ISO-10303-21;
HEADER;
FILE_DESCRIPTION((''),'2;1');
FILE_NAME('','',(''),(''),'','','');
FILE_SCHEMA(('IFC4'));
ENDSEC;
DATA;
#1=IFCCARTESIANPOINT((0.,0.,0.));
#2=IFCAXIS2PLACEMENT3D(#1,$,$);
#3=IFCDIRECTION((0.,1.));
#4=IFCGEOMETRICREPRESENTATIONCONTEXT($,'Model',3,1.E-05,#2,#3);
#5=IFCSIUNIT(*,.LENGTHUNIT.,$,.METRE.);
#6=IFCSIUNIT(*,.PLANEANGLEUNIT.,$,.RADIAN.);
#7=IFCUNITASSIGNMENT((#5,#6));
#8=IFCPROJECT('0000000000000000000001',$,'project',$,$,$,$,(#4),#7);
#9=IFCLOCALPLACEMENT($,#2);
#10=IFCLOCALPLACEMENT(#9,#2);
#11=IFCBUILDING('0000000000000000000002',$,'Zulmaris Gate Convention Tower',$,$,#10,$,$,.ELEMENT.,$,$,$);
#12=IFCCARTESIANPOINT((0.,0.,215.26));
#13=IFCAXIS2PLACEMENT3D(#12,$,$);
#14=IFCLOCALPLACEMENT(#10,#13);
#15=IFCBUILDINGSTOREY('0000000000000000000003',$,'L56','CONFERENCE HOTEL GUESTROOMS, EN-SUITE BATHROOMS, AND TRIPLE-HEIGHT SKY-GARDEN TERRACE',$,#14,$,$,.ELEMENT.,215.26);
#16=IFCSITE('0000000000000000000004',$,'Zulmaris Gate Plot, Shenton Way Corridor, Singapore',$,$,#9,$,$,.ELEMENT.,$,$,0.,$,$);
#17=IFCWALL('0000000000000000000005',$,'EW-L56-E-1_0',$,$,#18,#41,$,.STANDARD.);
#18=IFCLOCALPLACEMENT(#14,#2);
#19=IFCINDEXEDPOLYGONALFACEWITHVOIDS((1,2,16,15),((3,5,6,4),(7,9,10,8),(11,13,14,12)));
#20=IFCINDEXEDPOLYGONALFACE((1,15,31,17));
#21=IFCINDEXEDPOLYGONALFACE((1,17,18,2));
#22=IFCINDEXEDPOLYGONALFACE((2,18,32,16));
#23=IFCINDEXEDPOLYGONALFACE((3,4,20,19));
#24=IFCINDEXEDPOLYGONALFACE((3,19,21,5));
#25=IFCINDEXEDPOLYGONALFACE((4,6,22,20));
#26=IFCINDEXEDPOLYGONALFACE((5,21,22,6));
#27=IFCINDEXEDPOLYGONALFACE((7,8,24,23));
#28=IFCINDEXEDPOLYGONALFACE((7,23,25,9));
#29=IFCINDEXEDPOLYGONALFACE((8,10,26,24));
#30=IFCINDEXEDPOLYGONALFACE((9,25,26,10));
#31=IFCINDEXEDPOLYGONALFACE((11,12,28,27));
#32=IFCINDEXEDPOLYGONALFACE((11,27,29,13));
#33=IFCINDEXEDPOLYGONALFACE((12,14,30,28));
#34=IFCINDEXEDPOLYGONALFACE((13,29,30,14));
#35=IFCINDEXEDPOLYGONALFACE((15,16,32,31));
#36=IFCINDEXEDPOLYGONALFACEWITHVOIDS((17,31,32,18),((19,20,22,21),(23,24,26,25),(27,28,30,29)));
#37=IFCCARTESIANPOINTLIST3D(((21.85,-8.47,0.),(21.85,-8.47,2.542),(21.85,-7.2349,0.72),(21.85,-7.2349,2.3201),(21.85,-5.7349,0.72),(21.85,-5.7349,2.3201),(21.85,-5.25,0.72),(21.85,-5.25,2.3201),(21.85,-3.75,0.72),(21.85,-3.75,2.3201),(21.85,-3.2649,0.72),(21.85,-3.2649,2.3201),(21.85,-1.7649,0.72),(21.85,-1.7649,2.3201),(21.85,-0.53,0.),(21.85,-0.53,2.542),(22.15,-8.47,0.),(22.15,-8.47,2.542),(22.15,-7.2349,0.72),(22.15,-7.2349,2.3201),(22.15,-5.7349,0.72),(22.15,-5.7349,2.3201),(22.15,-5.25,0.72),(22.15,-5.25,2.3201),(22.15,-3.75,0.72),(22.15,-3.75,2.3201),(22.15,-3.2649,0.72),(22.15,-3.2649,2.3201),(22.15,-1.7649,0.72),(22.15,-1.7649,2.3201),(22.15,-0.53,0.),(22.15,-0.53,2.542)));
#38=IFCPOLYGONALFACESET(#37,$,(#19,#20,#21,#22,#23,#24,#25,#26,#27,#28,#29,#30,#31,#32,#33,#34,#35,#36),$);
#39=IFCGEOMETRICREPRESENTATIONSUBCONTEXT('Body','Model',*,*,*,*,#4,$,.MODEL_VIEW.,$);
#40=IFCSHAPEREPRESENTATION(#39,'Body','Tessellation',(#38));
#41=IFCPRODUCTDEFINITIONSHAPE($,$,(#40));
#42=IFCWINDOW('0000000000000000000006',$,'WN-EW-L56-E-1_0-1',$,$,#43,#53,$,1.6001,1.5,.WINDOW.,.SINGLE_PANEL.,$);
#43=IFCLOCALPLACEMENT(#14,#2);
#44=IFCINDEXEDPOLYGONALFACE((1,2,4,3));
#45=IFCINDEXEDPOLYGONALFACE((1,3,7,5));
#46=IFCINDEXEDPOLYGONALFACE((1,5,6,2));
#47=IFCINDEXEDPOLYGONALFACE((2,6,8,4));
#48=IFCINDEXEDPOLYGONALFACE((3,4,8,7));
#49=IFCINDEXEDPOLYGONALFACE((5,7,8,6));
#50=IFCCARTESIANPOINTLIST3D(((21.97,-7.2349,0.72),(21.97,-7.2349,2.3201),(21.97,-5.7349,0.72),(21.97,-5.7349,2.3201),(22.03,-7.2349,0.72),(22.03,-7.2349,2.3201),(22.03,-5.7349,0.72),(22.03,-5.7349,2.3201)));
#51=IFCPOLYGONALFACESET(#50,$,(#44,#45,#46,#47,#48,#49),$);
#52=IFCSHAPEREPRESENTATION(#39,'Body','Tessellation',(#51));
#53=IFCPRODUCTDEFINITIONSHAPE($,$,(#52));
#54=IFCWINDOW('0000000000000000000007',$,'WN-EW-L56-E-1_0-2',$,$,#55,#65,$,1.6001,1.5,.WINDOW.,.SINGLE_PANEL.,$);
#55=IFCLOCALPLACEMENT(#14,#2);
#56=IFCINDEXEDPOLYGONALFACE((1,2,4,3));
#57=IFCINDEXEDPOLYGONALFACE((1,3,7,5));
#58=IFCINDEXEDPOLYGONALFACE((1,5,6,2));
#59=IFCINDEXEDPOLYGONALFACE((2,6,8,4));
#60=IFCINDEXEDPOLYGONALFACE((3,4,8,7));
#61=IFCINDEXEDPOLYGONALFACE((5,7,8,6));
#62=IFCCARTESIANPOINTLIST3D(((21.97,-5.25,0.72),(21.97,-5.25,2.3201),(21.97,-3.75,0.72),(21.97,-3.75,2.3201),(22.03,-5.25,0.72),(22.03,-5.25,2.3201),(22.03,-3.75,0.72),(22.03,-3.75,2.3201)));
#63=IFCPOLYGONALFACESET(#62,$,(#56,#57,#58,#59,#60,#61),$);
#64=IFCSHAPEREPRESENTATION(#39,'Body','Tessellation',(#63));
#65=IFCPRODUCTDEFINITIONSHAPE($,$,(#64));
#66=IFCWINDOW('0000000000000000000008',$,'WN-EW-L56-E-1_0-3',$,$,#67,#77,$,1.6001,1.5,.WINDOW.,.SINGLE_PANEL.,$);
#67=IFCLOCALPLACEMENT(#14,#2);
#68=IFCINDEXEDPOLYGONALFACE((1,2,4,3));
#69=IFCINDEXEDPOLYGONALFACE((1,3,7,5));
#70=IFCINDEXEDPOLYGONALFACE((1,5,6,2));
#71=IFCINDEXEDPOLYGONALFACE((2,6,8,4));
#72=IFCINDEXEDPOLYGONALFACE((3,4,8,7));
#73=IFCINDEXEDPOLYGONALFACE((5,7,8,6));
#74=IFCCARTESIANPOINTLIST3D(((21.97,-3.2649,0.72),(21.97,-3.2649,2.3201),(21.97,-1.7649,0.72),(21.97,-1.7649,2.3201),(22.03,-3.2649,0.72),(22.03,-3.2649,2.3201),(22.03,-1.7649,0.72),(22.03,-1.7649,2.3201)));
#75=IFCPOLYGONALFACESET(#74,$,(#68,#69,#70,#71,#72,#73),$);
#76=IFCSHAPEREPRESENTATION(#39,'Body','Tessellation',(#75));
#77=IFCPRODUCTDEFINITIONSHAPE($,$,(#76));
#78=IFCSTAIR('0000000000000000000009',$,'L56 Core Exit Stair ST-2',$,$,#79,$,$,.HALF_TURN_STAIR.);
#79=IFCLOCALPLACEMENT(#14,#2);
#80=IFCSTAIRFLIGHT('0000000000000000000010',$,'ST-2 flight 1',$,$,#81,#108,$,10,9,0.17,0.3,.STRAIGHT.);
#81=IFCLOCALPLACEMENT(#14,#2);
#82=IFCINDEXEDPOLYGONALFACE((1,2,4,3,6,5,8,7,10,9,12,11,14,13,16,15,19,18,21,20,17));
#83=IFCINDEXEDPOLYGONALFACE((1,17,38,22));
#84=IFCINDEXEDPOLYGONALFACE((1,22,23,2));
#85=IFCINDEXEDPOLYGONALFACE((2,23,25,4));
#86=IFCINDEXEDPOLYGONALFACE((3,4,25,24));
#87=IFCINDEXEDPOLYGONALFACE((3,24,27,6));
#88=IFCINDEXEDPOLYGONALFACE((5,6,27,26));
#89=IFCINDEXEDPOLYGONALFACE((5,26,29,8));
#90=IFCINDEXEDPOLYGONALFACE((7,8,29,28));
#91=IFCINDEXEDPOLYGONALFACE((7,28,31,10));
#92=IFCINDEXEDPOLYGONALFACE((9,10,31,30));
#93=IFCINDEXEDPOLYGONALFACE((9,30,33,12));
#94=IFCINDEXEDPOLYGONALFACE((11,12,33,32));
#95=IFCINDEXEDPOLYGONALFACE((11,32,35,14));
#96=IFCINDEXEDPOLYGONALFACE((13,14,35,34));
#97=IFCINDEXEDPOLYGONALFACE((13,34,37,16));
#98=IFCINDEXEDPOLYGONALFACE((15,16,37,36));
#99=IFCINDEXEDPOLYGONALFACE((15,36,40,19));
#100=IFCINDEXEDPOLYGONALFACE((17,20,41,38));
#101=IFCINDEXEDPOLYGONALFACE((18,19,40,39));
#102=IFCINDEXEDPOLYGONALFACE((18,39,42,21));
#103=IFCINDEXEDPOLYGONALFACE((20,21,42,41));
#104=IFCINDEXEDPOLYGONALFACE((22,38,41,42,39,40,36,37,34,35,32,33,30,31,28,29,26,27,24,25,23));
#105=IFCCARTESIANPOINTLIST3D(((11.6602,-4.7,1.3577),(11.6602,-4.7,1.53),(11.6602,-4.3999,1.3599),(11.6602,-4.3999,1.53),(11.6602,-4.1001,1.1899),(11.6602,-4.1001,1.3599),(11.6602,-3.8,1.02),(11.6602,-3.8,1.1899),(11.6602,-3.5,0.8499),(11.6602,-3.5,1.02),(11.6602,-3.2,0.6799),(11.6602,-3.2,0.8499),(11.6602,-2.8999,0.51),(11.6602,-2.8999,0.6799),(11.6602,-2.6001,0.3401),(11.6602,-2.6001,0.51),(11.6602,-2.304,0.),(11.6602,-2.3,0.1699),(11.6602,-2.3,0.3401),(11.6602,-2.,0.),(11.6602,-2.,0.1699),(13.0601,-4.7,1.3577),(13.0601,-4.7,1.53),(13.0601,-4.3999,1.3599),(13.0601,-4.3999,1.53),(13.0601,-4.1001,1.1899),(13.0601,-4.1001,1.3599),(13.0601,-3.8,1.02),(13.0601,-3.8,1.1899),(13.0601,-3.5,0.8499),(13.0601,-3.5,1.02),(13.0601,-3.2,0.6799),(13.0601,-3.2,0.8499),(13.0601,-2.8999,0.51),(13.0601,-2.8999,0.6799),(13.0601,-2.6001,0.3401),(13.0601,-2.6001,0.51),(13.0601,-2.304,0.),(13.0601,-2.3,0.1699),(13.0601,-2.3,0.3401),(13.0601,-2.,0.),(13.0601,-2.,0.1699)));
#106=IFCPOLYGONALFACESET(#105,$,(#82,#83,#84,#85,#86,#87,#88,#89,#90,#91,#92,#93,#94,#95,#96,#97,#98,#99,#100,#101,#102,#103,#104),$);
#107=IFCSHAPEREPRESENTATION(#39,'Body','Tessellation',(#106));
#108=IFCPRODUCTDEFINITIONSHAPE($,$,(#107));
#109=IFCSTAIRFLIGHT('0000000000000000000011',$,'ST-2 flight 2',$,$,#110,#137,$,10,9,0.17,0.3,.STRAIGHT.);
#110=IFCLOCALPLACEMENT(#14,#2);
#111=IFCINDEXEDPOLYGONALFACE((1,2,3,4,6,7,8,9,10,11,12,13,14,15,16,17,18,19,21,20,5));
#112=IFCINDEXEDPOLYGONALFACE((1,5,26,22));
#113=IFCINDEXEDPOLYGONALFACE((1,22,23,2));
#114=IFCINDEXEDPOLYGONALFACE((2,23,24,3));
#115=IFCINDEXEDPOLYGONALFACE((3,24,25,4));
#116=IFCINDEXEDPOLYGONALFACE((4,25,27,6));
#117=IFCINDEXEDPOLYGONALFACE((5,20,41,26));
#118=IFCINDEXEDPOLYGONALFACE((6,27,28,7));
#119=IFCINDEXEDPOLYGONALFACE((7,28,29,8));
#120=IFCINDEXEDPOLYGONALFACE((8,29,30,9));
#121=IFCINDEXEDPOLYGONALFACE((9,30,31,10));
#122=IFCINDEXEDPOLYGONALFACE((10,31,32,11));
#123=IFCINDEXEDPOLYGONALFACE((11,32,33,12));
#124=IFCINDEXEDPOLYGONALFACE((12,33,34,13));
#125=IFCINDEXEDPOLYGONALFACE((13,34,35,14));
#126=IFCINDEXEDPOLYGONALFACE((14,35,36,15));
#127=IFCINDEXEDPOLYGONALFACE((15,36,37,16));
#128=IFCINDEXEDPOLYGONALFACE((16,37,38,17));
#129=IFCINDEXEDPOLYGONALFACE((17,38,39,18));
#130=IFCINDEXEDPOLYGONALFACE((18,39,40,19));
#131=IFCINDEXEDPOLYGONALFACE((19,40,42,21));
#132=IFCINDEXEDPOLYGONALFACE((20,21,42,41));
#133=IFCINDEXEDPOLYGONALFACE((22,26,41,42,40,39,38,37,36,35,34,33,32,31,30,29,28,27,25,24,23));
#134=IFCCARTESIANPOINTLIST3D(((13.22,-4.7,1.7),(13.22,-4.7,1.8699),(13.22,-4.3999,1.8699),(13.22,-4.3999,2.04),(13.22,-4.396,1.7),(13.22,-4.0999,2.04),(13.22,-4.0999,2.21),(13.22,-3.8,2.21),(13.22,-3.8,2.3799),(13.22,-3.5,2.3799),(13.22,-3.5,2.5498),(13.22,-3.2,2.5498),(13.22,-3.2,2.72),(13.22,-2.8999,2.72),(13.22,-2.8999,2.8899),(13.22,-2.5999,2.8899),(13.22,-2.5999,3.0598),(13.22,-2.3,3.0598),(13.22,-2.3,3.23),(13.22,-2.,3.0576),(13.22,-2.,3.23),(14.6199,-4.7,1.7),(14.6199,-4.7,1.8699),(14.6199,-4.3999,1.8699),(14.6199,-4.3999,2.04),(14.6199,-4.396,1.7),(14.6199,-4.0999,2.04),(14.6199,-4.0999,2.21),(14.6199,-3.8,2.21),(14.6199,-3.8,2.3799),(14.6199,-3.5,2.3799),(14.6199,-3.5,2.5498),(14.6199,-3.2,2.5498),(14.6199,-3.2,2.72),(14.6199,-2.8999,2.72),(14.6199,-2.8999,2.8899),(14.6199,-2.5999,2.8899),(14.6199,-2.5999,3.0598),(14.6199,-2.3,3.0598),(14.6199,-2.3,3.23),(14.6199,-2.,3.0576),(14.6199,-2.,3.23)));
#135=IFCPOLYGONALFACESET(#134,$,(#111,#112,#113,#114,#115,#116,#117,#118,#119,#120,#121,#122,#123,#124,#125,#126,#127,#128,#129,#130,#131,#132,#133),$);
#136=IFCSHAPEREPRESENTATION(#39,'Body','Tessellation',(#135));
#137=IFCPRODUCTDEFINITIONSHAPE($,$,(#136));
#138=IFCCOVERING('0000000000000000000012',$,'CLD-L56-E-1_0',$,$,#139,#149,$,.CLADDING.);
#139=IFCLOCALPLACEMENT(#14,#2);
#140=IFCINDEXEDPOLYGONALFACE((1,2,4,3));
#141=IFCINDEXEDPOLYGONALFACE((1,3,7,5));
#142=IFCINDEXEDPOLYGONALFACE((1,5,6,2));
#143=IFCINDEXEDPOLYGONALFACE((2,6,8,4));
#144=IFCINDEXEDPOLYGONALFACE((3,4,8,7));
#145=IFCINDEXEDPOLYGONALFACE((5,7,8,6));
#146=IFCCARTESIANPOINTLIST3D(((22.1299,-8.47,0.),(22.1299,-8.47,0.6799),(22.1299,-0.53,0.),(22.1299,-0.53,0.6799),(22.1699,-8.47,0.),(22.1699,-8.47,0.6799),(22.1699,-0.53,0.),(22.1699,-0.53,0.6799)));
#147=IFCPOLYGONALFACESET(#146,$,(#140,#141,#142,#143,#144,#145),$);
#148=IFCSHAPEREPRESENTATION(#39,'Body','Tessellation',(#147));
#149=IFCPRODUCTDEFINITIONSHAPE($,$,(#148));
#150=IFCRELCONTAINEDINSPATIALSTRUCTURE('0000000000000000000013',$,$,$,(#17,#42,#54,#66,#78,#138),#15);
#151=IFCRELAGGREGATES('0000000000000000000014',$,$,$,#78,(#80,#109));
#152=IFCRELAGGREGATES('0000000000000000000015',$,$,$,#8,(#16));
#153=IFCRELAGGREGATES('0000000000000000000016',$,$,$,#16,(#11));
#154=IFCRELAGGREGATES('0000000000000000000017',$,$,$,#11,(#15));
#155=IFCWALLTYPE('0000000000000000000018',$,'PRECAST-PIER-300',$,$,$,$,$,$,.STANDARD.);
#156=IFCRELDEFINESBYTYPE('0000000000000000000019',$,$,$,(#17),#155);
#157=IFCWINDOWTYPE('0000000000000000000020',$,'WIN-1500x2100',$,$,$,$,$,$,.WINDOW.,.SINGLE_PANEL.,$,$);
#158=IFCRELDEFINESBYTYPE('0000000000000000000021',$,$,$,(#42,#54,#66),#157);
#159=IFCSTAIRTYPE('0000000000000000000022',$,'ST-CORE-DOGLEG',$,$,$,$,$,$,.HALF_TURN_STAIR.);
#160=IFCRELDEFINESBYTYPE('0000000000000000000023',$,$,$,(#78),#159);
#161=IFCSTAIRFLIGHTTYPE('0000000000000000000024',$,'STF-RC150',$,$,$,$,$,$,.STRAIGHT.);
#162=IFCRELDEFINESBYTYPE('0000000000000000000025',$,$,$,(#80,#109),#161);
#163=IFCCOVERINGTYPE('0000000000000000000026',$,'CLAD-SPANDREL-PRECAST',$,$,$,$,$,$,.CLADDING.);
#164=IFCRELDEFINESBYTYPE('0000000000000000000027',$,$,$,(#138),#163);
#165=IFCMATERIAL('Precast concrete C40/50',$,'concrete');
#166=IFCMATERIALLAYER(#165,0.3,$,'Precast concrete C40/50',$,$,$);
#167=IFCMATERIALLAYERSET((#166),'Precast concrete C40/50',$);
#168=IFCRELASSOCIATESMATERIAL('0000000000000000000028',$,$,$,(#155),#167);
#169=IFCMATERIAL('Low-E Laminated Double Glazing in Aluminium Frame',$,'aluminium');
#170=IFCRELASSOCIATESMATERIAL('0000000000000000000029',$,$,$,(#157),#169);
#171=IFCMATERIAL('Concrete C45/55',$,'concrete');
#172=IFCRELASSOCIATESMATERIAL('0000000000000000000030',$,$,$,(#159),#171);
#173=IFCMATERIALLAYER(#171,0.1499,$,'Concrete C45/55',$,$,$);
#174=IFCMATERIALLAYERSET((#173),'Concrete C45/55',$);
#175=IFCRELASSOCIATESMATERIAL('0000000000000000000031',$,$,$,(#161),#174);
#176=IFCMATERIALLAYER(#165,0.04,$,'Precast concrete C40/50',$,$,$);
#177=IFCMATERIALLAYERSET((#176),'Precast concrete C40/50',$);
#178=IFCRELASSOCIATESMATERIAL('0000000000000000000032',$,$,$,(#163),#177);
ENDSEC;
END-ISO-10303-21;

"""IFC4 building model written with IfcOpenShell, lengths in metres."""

from ifc_helpers import new_model, si_unit, direction, frame, frame_2d, origin, place, context, subcontext, project, spatial, polyline, rectangle, outline, extrude, material, layer, layer_set, type_object, element, fill, aggregate, save


model = new_model("IFC4")

# Units and contexts
model_context = context("Model", 3, precision=1e-05, world=origin(), true_north=direction((0.0, 1.0)))
body_context = subcontext(model_context, "Body", "Model", "MODEL_VIEW")
ifc_project = project(units=[si_unit("LENGTHUNIT", "METRE"), si_unit("PLANEANGLEUNIT", "RADIAN")], contexts=[model_context])

# Site, building, storey
site_placement = place(None, origin())
site = spatial("IfcSite", under=ifc_project, at=site_placement, Name="Zulmaris Gate Plot, Shenton Way Corridor, Singapore", CompositionType="ELEMENT", RefElevation=0.0)
building_placement = place(site_placement, origin())
building = spatial("IfcBuilding", under=site, at=building_placement, Name="Zulmaris Gate Convention Tower", CompositionType="ELEMENT")
storey_placement = place(building_placement, frame((0.0, 0.0, 215.26)))
storey = spatial("IfcBuildingStorey", under=building, at=storey_placement, Name="L56", Description="CONFERENCE HOTEL GUESTROOMS, EN-SUITE BATHROOMS, AND TRIPLE-HEIGHT SKY-GARDEN TERRACE", CompositionType="ELEMENT", Elevation=215.26)

# Wall, openings, windows
ifc_material_1 = material(Name="Precast concrete C40/50", Category="concrete")
ifc_layer_1 = layer(ifc_material_1, 0.3, Name="Precast concrete C40/50")
ifc_layer_set_1 = layer_set([ifc_layer_1], Name="Precast concrete C40/50")
wall_type_1 = type_object("IfcWallType", Name="PRECAST-PIER-300", PredefinedType="STANDARD", material=ifc_layer_set_1)
wall_1_placement = place(storey_placement, frame((22.0, -8.47, 0.0), z_axis=(0.0, 0.0, 1.0), x_axis=(0.0, 1.0, 0.0)))
wall_1 = element("IfcWall", 1, at=wall_1_placement, inside=storey, type_object=wall_type_1, Name="EW-L56-E-1_0", PredefinedType="STANDARD", context=body_context, shape_type="SweptSolid", body=[
    extrude(rectangle(XDim=7.9399, YDim=0.3, at=frame_2d((3.97, 0.0))), origin(), (0.0, 0.0, 1.0), 2.542),
])
opening_1_placement = place(wall_1_placement, frame((1.2351, 0.0, 0.72)))
opening_1 = element("IfcOpeningElement", 2, at=opening_1_placement, cuts=wall_1, PredefinedType="OPENING", context=body_context, shape_type="SweptSolid", body=[
    extrude(rectangle(XDim=1.5, YDim=1.6001, at=frame_2d((0.75, 0.8))), frame((0.0, 0.1602, 0.0), z_axis=(0.0, -1.0, 0.0), x_axis=(1.0, 0.0, 0.0)), (0.0, 0.0, 1.0), 0.3201),
])
opening_2_placement = place(wall_1_placement, frame((3.22, 0.0, 0.72)))
opening_2 = element("IfcOpeningElement", 3, at=opening_2_placement, cuts=wall_1, PredefinedType="OPENING", context=body_context, shape_type="SweptSolid", body=[
    extrude(rectangle(XDim=1.5, YDim=1.6001, at=frame_2d((0.75, 0.8))), frame((0.0, 0.1602, 0.0), z_axis=(0.0, -1.0, 0.0), x_axis=(1.0, 0.0, 0.0)), (0.0, 0.0, 1.0), 0.3201),
])
opening_3_placement = place(wall_1_placement, frame((5.2051, 0.0, 0.72)))
opening_3 = element("IfcOpeningElement", 4, at=opening_3_placement, cuts=wall_1, PredefinedType="OPENING", context=body_context, shape_type="SweptSolid", body=[
    extrude(rectangle(XDim=1.5, YDim=1.6001, at=frame_2d((0.75, 0.8))), frame((0.0, 0.1602, 0.0), z_axis=(0.0, -1.0, 0.0), x_axis=(1.0, 0.0, 0.0)), (0.0, 0.0, 1.0), 0.3201),
])
ifc_material_2 = material(Name="Low-E Laminated Double Glazing in Aluminium Frame", Category="aluminium")
window_type = type_object("IfcWindowType", Name="WIN-1500x2100", PartitioningType="SINGLE_PANEL", PredefinedType="WINDOW", material=ifc_material_2)
window_1_placement = place(opening_1_placement, origin())
window_1 = element("IfcWindow", 5, at=window_1_placement, inside=storey, type_object=window_type, Name="WN-EW-L56-E-1_0-1", OverallHeight=1.6001, OverallWidth=1.5, PartitioningType="SINGLE_PANEL", PredefinedType="WINDOW", context=body_context, shape_type="SweptSolid", body=[
    extrude(rectangle(XDim=1.5, YDim=1.6001, at=frame_2d((0.75, 0.8))), frame((0.0, 0.03, 0.0), z_axis=(0.0, -1.0, 0.0), x_axis=(1.0, 0.0, 0.0)), (0.0, 0.0, 1.0), 0.0601),
])
fill(opening_1, window_1)
window_2_placement = place(opening_2_placement, origin())
window_2 = element("IfcWindow", 6, at=window_2_placement, inside=storey, type_object=window_type, Name="WN-EW-L56-E-1_0-2", OverallHeight=1.6001, OverallWidth=1.5, PartitioningType="SINGLE_PANEL", PredefinedType="WINDOW", context=body_context, shape_type="SweptSolid", body=[
    extrude(rectangle(XDim=1.5, YDim=1.6001, at=frame_2d((0.75, 0.8))), frame((0.0, 0.03, 0.0), z_axis=(0.0, -1.0, 0.0), x_axis=(1.0, 0.0, 0.0)), (0.0, 0.0, 1.0), 0.0601),
])
fill(opening_2, window_2)
window_3_placement = place(opening_3_placement, origin())
window_3 = element("IfcWindow", 7, at=window_3_placement, inside=storey, type_object=window_type, Name="WN-EW-L56-E-1_0-3", OverallHeight=1.6001, OverallWidth=1.5, PartitioningType="SINGLE_PANEL", PredefinedType="WINDOW", context=body_context, shape_type="SweptSolid", body=[
    extrude(rectangle(XDim=1.5, YDim=1.6001, at=frame_2d((0.75, 0.8))), frame((0.0, 0.03, 0.0), z_axis=(0.0, -1.0, 0.0), x_axis=(1.0, 0.0, 0.0)), (0.0, 0.0, 1.0), 0.0601),
])
fill(opening_3, window_3)

# Stair, stair flights
ifc_material_3 = material(Name="Concrete C45/55", Category="concrete")
stair_type = type_object("IfcStairType", Name="ST-CORE-DOGLEG", PredefinedType="HALF_TURN_STAIR", material=ifc_material_3)
stair_placement = place(storey_placement, origin())
stair = element("IfcStair", 8, at=stair_placement, inside=storey, type_object=stair_type, Name="L56 Core Exit Stair ST-2", PredefinedType="HALF_TURN_STAIR")
ifc_layer_2 = layer(ifc_material_3, 0.1499, Name="Concrete C45/55")
ifc_layer_set_2 = layer_set([ifc_layer_2], Name="Concrete C45/55")
stair_flight_type = type_object("IfcStairFlightType", Name="STF-RC150", PredefinedType="STRAIGHT", material=ifc_layer_set_2)
stair_flight_1_placement = place(storey_placement, frame((12.3601, -2.0, 0.0), z_axis=(0.0, 0.0, 1.0), x_axis=(0.0, -1.0, 0.0)))
stair_flight_1 = element("IfcStairFlight", 9, at=stair_flight_1_placement, type_object=stair_flight_type, Name="ST-2 flight 1", NumberOfRisers=10, NumberOfTreads=9, PredefinedType="STRAIGHT", RiserHeight=0.17, TreadLength=0.3, context=body_context, shape_type="SweptSolid", body=[
    extrude(outline(polyline([(0.0, 0.0), (0.0, 0.1699), (0.3, 0.1699), (0.3, 0.3401), (0.6001, 0.3401), (0.6001, 0.51), (0.8999, 0.51), (0.8999, 0.6799), (1.2, 0.6799), (1.2, 0.8499), (1.5, 0.8499), (1.5, 1.02), (1.8, 1.02), (1.8, 1.1899), (2.1001, 1.1899), (2.1001, 1.3599), (2.3999, 1.3599), (2.3999, 1.53), (2.7, 1.53), (2.7, 1.7), (2.7, 1.3577), (0.304, 0.0), (0.0, 0.0)])), frame((0.0, 0.7, 0.0), z_axis=(0.0, -1.0, 0.0), x_axis=(1.0, 0.0, 0.0)), (0.0, 0.0, 1.0), 1.3999),
])
stair_flight_2_placement = place(storey_placement, frame((13.9199, -4.7, 1.7), z_axis=(0.0, 0.0, 1.0), x_axis=(0.0, 1.0, 0.0)))
stair_flight_2 = element("IfcStairFlight", 10, at=stair_flight_2_placement, type_object=stair_flight_type, Name="ST-2 flight 2", NumberOfRisers=10, NumberOfTreads=9, PredefinedType="STRAIGHT", RiserHeight=0.17, TreadLength=0.3, context=body_context, shape_type="SweptSolid", body=[
    extrude(outline(polyline([(0.0, 0.0), (0.0, 0.1699), (0.3, 0.1699), (0.3, 0.3401), (0.6001, 0.3401), (0.6001, 0.51), (0.8999, 0.51), (0.8999, 0.6799), (1.2, 0.6799), (1.2, 0.8499), (1.5, 0.8499), (1.5, 1.02), (1.8, 1.02), (1.8, 1.1899), (2.1001, 1.1899), (2.1001, 1.3599), (2.3999, 1.3599), (2.3999, 1.53), (2.7, 1.53), (2.7, 1.7), (2.7, 1.3577), (0.304, 0.0), (0.0, 0.0)])), frame((0.0, 0.7, 0.0), z_axis=(0.0, -1.0, 0.0), x_axis=(1.0, 0.0, 0.0)), (0.0, 0.0, 1.0), 1.3999),
])
aggregate(stair, [stair_flight_1, stair_flight_2])

# Covering
ifc_layer_3 = layer(ifc_material_1, 0.04, Name="Precast concrete C40/50")
ifc_layer_set_3 = layer_set([ifc_layer_3], Name="Precast concrete C40/50")
covering_type = type_object("IfcCoveringType", Name="CLAD-SPANDREL-PRECAST", PredefinedType="CLADDING", material=ifc_layer_set_3)
covering_placement = place(storey_placement, frame((22.1499, -8.47, 0.0), z_axis=(0.0, 0.0, 1.0), x_axis=(0.0, 1.0, 0.0)))
element("IfcCovering", 11, at=covering_placement, inside=storey, type_object=covering_type, Name="CLD-L56-E-1_0", PredefinedType="CLADDING", context=body_context, shape_type="SweptSolid", body=[
    extrude(rectangle(XDim=7.9399, YDim=0.04, at=frame_2d((3.97, 0.0))), origin(), (0.0, 0.0, 1.0), 0.6799),
])

save(model, "model.ifc")
